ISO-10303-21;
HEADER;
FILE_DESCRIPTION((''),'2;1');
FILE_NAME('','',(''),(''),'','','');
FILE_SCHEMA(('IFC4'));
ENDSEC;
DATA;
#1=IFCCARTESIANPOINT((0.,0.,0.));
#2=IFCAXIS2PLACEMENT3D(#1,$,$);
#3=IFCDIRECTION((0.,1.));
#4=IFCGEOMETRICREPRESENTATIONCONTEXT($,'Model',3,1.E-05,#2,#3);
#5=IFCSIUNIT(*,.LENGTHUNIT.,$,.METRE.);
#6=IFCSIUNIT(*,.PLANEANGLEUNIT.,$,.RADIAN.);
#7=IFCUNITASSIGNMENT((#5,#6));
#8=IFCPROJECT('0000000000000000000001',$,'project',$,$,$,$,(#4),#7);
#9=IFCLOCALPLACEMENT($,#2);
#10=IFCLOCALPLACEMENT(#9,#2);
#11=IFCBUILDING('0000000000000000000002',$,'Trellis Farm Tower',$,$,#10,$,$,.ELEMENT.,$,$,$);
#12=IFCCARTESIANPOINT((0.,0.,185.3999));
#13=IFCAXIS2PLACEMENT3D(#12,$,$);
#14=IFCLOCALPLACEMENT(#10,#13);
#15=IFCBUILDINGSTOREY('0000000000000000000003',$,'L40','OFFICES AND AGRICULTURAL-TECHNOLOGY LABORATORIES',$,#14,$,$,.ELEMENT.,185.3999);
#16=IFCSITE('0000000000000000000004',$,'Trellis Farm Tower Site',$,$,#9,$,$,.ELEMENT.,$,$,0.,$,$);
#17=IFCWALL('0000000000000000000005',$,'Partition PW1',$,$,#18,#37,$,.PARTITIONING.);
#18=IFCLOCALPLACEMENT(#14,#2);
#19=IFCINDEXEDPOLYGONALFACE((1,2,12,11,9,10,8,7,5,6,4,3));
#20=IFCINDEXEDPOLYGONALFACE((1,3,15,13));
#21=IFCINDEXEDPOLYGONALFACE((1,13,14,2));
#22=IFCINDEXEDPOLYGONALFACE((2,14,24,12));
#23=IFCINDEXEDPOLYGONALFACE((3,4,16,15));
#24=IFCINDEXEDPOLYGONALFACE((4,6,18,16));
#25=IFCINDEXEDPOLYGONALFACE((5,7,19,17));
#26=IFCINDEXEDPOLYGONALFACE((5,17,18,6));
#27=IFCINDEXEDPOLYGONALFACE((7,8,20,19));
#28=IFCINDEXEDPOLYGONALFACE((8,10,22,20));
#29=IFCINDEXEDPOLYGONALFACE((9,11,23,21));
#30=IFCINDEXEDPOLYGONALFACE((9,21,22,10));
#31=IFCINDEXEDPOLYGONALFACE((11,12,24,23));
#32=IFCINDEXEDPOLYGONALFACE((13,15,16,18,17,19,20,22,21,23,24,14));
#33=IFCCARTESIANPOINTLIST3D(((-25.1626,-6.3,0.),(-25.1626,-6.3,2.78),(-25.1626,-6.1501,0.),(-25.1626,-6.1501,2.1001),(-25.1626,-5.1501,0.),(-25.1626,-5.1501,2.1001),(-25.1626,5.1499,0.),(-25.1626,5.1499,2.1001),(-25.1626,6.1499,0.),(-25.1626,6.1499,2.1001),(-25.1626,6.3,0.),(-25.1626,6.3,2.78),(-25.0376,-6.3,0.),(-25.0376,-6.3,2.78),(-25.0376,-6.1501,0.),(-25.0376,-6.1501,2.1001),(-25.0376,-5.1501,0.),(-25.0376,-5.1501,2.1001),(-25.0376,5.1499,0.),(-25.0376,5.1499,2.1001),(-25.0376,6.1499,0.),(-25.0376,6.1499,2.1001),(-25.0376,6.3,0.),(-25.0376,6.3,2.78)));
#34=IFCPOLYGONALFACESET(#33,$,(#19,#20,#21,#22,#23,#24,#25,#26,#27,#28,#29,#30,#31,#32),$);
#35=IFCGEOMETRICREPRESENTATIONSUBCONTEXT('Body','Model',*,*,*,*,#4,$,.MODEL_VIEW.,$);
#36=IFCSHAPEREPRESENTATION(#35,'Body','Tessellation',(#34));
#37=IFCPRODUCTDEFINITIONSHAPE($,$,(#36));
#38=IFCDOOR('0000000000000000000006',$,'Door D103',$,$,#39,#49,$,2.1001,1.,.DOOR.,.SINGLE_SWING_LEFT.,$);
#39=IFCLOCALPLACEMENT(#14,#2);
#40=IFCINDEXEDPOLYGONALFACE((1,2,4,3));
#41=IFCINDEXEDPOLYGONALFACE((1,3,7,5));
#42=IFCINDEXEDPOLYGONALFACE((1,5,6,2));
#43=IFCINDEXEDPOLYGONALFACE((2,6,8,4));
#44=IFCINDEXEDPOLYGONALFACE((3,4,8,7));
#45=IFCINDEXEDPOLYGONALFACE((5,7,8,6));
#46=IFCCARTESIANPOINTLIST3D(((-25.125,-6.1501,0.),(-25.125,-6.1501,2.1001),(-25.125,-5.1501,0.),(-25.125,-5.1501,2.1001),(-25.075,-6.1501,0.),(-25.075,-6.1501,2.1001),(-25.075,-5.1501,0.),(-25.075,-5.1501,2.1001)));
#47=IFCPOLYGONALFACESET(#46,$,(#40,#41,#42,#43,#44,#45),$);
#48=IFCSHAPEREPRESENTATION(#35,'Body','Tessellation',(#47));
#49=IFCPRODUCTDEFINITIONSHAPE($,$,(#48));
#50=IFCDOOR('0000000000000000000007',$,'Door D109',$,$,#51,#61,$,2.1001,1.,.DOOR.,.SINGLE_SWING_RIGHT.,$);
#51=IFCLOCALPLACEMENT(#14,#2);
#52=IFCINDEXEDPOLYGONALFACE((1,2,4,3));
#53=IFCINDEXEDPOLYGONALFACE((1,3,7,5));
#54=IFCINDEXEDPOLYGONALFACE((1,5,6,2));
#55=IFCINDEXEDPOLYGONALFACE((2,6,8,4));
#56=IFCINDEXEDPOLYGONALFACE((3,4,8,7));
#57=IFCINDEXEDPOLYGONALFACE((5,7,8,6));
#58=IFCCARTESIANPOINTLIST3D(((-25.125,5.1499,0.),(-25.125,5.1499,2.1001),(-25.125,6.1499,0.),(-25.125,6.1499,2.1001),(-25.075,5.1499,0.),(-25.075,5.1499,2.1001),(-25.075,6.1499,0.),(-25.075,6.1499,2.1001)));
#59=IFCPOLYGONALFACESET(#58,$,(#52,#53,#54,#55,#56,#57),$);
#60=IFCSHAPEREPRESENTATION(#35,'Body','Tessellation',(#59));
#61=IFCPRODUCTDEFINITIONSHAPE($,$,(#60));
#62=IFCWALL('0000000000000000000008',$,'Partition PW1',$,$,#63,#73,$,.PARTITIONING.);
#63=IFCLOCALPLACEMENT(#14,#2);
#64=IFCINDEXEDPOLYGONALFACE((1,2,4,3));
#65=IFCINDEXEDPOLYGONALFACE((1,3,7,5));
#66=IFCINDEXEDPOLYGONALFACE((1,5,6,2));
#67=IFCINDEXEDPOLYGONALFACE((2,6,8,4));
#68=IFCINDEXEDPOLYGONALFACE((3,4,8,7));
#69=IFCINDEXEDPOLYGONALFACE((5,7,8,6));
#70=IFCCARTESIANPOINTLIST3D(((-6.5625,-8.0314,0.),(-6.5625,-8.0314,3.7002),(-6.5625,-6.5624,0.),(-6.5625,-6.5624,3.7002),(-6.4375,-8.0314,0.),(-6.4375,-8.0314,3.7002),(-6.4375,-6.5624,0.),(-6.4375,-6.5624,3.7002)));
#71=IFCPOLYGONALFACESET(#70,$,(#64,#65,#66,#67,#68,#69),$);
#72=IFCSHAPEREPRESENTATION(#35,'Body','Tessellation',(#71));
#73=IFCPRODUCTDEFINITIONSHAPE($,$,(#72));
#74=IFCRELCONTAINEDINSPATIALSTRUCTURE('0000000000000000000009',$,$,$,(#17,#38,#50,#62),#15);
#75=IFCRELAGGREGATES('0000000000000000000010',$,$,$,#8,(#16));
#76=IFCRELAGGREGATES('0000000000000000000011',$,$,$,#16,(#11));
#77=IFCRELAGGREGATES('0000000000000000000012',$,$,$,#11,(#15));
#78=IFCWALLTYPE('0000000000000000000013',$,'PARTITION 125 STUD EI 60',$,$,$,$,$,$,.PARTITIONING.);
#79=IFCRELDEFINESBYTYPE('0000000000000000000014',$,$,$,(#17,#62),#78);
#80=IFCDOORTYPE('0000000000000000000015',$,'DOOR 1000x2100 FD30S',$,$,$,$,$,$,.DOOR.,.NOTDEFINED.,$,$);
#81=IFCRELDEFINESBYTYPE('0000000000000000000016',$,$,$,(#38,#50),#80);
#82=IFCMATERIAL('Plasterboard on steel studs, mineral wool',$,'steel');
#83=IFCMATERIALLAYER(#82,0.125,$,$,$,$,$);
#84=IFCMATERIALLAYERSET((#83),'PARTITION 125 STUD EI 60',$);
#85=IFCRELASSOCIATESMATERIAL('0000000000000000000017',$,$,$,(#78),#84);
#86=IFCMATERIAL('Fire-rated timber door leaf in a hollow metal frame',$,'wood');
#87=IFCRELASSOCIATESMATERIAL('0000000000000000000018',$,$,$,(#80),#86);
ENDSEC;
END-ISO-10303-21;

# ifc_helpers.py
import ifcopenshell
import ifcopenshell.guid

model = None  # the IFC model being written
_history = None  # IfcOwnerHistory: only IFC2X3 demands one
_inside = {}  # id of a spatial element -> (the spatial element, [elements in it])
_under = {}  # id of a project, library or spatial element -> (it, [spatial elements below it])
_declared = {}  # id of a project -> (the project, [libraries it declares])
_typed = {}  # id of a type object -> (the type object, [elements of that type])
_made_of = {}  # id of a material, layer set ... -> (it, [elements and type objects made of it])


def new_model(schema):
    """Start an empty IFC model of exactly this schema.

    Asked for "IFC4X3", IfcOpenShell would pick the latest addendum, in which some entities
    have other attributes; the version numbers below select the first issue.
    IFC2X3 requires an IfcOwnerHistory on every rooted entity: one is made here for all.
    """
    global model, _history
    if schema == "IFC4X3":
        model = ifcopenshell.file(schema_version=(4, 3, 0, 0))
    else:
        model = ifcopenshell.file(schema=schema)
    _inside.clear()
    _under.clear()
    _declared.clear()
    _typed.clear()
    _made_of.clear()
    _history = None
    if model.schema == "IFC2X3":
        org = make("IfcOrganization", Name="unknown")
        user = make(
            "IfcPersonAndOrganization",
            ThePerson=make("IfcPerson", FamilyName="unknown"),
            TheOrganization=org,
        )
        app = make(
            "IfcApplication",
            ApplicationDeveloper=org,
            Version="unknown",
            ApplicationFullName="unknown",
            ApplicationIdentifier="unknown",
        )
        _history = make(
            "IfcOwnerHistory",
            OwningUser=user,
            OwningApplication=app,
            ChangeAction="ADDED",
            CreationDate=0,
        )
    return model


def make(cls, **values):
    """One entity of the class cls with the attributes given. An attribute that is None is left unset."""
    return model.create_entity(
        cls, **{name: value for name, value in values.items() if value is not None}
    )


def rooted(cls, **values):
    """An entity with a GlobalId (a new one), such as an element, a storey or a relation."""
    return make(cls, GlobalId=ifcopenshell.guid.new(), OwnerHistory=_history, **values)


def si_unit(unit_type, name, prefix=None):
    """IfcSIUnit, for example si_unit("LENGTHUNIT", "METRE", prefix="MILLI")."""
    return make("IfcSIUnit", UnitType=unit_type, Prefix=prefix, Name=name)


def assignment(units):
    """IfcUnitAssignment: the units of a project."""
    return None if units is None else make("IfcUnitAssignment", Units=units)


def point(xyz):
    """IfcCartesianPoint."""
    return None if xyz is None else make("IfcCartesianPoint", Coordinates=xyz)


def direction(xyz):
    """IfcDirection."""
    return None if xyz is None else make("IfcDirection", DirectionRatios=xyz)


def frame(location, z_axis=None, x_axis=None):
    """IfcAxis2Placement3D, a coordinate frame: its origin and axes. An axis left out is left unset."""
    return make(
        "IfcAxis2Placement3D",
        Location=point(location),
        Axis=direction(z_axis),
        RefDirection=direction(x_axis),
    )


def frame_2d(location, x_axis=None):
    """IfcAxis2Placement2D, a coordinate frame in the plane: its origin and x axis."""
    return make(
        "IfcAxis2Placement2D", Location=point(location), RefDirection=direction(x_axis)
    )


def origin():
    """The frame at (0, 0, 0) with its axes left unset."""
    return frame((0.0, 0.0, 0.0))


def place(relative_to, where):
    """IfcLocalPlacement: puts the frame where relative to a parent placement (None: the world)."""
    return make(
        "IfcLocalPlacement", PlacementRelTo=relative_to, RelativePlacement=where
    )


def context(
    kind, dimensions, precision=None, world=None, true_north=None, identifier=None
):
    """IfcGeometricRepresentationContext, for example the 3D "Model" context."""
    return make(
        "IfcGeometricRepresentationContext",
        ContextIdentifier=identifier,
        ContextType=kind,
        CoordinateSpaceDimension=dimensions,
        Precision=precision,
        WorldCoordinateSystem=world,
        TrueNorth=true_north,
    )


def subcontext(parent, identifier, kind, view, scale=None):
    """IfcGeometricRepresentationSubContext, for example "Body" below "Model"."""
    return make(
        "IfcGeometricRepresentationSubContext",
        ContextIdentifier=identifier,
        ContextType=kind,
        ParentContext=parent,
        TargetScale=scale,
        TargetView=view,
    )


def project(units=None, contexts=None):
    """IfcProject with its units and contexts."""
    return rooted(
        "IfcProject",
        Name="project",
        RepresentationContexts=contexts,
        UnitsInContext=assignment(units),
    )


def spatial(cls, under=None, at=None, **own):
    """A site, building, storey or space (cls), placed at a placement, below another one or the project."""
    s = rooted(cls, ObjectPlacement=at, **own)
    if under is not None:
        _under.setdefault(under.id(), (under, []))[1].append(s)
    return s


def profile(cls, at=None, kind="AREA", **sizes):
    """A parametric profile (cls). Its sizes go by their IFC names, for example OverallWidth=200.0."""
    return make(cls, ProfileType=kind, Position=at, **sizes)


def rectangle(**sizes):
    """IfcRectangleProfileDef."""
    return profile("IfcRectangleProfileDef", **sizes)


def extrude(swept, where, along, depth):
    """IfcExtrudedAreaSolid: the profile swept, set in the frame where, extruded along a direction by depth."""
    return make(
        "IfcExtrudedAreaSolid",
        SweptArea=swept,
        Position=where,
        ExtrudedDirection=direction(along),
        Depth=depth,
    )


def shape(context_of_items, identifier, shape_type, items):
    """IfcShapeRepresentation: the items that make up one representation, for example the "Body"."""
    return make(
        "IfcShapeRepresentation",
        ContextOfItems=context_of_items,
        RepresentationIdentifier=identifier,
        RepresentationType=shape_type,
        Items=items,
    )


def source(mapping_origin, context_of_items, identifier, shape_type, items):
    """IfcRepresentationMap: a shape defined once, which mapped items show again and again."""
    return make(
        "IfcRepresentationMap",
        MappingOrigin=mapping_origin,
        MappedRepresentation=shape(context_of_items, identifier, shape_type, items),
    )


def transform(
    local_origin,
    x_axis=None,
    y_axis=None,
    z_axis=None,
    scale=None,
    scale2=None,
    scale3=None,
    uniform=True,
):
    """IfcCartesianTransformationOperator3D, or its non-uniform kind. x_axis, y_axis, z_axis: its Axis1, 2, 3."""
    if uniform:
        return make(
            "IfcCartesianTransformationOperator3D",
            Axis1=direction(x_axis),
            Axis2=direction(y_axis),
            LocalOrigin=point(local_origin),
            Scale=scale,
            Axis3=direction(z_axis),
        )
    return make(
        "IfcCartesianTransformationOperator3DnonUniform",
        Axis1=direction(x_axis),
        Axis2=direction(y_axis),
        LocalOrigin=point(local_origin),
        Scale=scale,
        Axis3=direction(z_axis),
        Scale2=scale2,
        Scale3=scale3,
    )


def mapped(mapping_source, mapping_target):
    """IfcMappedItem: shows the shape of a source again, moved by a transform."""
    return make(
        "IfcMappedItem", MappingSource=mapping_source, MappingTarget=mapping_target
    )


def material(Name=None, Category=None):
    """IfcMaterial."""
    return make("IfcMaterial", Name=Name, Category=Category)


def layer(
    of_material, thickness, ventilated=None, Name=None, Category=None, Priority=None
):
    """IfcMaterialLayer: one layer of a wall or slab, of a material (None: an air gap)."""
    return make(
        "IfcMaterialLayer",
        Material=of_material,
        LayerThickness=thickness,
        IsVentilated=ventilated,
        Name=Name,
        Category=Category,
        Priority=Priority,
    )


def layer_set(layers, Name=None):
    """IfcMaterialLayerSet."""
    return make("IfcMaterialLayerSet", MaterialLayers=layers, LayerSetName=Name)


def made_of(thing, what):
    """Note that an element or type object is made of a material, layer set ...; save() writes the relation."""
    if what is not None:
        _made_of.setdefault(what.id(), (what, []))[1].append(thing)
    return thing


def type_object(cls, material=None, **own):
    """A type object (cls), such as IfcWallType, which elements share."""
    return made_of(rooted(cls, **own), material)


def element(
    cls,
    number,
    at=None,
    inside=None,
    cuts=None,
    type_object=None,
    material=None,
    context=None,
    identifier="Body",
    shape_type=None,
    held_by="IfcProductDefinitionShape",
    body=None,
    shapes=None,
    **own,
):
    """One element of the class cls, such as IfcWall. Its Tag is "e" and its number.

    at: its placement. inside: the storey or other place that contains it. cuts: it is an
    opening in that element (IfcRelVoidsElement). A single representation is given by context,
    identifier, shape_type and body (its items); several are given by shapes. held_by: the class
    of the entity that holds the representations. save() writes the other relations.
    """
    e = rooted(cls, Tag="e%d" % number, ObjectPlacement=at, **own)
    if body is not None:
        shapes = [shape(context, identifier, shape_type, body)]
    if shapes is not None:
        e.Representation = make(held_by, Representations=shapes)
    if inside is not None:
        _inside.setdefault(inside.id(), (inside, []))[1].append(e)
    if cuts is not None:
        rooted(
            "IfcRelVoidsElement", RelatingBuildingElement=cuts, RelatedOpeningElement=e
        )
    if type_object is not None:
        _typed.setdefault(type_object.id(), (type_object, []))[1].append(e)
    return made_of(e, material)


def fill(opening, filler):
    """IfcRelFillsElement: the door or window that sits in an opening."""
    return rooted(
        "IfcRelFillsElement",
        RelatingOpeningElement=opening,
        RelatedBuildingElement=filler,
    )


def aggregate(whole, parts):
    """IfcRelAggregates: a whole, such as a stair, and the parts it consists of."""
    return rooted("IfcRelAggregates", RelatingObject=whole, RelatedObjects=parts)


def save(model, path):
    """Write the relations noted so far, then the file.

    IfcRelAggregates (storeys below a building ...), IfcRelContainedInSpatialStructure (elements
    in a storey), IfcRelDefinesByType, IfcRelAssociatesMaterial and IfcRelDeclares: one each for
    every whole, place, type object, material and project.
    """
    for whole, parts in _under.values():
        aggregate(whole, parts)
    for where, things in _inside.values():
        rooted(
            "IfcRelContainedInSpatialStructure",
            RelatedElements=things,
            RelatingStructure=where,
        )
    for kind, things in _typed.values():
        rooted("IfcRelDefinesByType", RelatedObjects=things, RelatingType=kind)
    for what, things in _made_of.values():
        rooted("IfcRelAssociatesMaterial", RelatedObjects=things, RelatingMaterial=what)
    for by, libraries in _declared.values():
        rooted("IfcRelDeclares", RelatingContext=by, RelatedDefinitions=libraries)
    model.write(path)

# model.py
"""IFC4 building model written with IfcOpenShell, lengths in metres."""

from ifc_helpers import new_model, si_unit, direction, frame, frame_2d, origin, place, context, subcontext, project, spatial, rectangle, extrude, source, transform, mapped, material, layer, layer_set, type_object, element, fill, save


model = new_model("IFC4")

# Units and contexts
model_context = context("Model", 3, precision=1e-05, world=origin(), true_north=direction((0.0, 1.0)))
body_context = subcontext(model_context, "Body", "Model", "MODEL_VIEW")
ifc_project = project(units=[si_unit("LENGTHUNIT", "METRE"), si_unit("PLANEANGLEUNIT", "RADIAN")], contexts=[model_context])

# Site, building, storey
site_placement = place(None, origin())
site = spatial("IfcSite", under=ifc_project, at=site_placement, Name="Trellis Farm Tower Site", CompositionType="ELEMENT", RefElevation=0.0)
building_placement = place(site_placement, origin())
building = spatial("IfcBuilding", under=site, at=building_placement, Name="Trellis Farm Tower", CompositionType="ELEMENT")
storey_placement = place(building_placement, frame((0.0, 0.0, 185.3999)))
storey = spatial("IfcBuildingStorey", under=building, at=storey_placement, Name="L40", Description="OFFICES AND AGRICULTURAL-TECHNOLOGY LABORATORIES", CompositionType="ELEMENT", Elevation=185.3999)

# Wall, openings, doors
ifc_material_1 = material(Name="Plasterboard on steel studs, mineral wool", Category="steel")
ifc_layer_1 = layer(ifc_material_1, 0.125)
ifc_layer_set_1 = layer_set([ifc_layer_1], Name="PARTITION 125 STUD EI 60")
wall_type = type_object("IfcWallType", Name="PARTITION 125 STUD EI 60", PredefinedType="PARTITIONING", material=ifc_layer_set_1)
shared_shape_1 = source(origin(), body_context, "Body", "SweptSolid", [
    extrude(rectangle(XDim=12.6001, YDim=0.125, at=frame_2d((6.3, 0.0))), origin(), (0.0, 0.0, 1.0), 2.78),
])
wall_1_placement = place(storey_placement, frame((-25.1001, -6.3, 0.0), z_axis=(0.0, 0.0, 1.0), x_axis=(0.0, 1.0, 0.0)))
wall_1 = element("IfcWall", 1, at=wall_1_placement, inside=storey, type_object=wall_type, Name="Partition PW1", PredefinedType="PARTITIONING", context=body_context, shape_type="MappedRepresentation", body=[
    mapped(shared_shape_1, transform((0.0, 0.0, 0.0))),
])
shared_shape_2 = source(origin(), body_context, "Body", "SweptSolid", [
    extrude(rectangle(XDim=1.0, YDim=2.1001, at=frame_2d((0.5, 1.05))), frame((0.0, 0.0725, 0.0), z_axis=(0.0, -1.0, 0.0), x_axis=(1.0, 0.0, 0.0)), (0.0, 0.0, 1.0), 0.145),
])
opening_1_placement = place(wall_1_placement, frame((0.1499, 0.0, 0.0)))
opening_1 = element("IfcOpeningElement", 2, at=opening_1_placement, cuts=wall_1, PredefinedType="OPENING", context=body_context, shape_type="MappedRepresentation", body=[
    mapped(shared_shape_2, transform((0.0, 0.0, 0.0))),
])
opening_2_placement = place(wall_1_placement, frame((11.45, 0.0, 0.0)))
opening_2 = element("IfcOpeningElement", 3, at=opening_2_placement, cuts=wall_1, PredefinedType="OPENING", context=body_context, shape_type="MappedRepresentation", body=[
    mapped(shared_shape_2, transform((0.0, 0.0, 0.0))),
])
ifc_material_2 = material(Name="Fire-rated timber door leaf in a hollow metal frame", Category="wood")
door_type = type_object("IfcDoorType", Name="DOOR 1000x2100 FD30S", OperationType="NOTDEFINED", PredefinedType="DOOR", material=ifc_material_2)
shared_shape_3 = source(origin(), body_context, "Body", "SweptSolid", [
    extrude(rectangle(XDim=1.0, YDim=2.1001, at=frame_2d((0.5, 1.05))), frame((0.0, 0.0249, 0.0), z_axis=(0.0, -1.0, 0.0), x_axis=(1.0, 0.0, 0.0)), (0.0, 0.0, 1.0), 0.05),
])
door_1_placement = place(opening_1_placement, origin())
door_1 = element("IfcDoor", 4, at=door_1_placement, inside=storey, type_object=door_type, Name="Door D103", OperationType="SINGLE_SWING_LEFT", OverallHeight=2.1001, OverallWidth=1.0, PredefinedType="DOOR", context=body_context, shape_type="MappedRepresentation", body=[
    mapped(shared_shape_3, transform((0.0, 0.0, 0.0))),
])
fill(opening_1, door_1)
door_2_placement = place(opening_2_placement, origin())
door_2 = element("IfcDoor", 5, at=door_2_placement, inside=storey, type_object=door_type, Name="Door D109", OperationType="SINGLE_SWING_RIGHT", OverallHeight=2.1001, OverallWidth=1.0, PredefinedType="DOOR", context=body_context, shape_type="MappedRepresentation", body=[
    mapped(shared_shape_3, transform((0.0, 0.0, 0.0))),
])
fill(opening_2, door_2)

# Wall
shared_shape_4 = source(origin(), body_context, "Body", "SweptSolid", [
    extrude(rectangle(XDim=1.469, YDim=0.125, at=frame_2d((0.7344, 0.0))), origin(), (0.0, 0.0, 1.0), 3.7002),
])
wall_2_placement = place(storey_placement, frame((-6.5, -6.5625, 0.0), z_axis=(0.0, 0.0, 1.0), x_axis=(0.0, -1.0, 0.0)))
element("IfcWall", 6, at=wall_2_placement, inside=storey, type_object=wall_type, Name="Partition PW1", PredefinedType="PARTITIONING", context=body_context, shape_type="MappedRepresentation", body=[
    mapped(shared_shape_4, transform((0.0, 0.0, 0.0))),
])

save(model, "model.ifc")
